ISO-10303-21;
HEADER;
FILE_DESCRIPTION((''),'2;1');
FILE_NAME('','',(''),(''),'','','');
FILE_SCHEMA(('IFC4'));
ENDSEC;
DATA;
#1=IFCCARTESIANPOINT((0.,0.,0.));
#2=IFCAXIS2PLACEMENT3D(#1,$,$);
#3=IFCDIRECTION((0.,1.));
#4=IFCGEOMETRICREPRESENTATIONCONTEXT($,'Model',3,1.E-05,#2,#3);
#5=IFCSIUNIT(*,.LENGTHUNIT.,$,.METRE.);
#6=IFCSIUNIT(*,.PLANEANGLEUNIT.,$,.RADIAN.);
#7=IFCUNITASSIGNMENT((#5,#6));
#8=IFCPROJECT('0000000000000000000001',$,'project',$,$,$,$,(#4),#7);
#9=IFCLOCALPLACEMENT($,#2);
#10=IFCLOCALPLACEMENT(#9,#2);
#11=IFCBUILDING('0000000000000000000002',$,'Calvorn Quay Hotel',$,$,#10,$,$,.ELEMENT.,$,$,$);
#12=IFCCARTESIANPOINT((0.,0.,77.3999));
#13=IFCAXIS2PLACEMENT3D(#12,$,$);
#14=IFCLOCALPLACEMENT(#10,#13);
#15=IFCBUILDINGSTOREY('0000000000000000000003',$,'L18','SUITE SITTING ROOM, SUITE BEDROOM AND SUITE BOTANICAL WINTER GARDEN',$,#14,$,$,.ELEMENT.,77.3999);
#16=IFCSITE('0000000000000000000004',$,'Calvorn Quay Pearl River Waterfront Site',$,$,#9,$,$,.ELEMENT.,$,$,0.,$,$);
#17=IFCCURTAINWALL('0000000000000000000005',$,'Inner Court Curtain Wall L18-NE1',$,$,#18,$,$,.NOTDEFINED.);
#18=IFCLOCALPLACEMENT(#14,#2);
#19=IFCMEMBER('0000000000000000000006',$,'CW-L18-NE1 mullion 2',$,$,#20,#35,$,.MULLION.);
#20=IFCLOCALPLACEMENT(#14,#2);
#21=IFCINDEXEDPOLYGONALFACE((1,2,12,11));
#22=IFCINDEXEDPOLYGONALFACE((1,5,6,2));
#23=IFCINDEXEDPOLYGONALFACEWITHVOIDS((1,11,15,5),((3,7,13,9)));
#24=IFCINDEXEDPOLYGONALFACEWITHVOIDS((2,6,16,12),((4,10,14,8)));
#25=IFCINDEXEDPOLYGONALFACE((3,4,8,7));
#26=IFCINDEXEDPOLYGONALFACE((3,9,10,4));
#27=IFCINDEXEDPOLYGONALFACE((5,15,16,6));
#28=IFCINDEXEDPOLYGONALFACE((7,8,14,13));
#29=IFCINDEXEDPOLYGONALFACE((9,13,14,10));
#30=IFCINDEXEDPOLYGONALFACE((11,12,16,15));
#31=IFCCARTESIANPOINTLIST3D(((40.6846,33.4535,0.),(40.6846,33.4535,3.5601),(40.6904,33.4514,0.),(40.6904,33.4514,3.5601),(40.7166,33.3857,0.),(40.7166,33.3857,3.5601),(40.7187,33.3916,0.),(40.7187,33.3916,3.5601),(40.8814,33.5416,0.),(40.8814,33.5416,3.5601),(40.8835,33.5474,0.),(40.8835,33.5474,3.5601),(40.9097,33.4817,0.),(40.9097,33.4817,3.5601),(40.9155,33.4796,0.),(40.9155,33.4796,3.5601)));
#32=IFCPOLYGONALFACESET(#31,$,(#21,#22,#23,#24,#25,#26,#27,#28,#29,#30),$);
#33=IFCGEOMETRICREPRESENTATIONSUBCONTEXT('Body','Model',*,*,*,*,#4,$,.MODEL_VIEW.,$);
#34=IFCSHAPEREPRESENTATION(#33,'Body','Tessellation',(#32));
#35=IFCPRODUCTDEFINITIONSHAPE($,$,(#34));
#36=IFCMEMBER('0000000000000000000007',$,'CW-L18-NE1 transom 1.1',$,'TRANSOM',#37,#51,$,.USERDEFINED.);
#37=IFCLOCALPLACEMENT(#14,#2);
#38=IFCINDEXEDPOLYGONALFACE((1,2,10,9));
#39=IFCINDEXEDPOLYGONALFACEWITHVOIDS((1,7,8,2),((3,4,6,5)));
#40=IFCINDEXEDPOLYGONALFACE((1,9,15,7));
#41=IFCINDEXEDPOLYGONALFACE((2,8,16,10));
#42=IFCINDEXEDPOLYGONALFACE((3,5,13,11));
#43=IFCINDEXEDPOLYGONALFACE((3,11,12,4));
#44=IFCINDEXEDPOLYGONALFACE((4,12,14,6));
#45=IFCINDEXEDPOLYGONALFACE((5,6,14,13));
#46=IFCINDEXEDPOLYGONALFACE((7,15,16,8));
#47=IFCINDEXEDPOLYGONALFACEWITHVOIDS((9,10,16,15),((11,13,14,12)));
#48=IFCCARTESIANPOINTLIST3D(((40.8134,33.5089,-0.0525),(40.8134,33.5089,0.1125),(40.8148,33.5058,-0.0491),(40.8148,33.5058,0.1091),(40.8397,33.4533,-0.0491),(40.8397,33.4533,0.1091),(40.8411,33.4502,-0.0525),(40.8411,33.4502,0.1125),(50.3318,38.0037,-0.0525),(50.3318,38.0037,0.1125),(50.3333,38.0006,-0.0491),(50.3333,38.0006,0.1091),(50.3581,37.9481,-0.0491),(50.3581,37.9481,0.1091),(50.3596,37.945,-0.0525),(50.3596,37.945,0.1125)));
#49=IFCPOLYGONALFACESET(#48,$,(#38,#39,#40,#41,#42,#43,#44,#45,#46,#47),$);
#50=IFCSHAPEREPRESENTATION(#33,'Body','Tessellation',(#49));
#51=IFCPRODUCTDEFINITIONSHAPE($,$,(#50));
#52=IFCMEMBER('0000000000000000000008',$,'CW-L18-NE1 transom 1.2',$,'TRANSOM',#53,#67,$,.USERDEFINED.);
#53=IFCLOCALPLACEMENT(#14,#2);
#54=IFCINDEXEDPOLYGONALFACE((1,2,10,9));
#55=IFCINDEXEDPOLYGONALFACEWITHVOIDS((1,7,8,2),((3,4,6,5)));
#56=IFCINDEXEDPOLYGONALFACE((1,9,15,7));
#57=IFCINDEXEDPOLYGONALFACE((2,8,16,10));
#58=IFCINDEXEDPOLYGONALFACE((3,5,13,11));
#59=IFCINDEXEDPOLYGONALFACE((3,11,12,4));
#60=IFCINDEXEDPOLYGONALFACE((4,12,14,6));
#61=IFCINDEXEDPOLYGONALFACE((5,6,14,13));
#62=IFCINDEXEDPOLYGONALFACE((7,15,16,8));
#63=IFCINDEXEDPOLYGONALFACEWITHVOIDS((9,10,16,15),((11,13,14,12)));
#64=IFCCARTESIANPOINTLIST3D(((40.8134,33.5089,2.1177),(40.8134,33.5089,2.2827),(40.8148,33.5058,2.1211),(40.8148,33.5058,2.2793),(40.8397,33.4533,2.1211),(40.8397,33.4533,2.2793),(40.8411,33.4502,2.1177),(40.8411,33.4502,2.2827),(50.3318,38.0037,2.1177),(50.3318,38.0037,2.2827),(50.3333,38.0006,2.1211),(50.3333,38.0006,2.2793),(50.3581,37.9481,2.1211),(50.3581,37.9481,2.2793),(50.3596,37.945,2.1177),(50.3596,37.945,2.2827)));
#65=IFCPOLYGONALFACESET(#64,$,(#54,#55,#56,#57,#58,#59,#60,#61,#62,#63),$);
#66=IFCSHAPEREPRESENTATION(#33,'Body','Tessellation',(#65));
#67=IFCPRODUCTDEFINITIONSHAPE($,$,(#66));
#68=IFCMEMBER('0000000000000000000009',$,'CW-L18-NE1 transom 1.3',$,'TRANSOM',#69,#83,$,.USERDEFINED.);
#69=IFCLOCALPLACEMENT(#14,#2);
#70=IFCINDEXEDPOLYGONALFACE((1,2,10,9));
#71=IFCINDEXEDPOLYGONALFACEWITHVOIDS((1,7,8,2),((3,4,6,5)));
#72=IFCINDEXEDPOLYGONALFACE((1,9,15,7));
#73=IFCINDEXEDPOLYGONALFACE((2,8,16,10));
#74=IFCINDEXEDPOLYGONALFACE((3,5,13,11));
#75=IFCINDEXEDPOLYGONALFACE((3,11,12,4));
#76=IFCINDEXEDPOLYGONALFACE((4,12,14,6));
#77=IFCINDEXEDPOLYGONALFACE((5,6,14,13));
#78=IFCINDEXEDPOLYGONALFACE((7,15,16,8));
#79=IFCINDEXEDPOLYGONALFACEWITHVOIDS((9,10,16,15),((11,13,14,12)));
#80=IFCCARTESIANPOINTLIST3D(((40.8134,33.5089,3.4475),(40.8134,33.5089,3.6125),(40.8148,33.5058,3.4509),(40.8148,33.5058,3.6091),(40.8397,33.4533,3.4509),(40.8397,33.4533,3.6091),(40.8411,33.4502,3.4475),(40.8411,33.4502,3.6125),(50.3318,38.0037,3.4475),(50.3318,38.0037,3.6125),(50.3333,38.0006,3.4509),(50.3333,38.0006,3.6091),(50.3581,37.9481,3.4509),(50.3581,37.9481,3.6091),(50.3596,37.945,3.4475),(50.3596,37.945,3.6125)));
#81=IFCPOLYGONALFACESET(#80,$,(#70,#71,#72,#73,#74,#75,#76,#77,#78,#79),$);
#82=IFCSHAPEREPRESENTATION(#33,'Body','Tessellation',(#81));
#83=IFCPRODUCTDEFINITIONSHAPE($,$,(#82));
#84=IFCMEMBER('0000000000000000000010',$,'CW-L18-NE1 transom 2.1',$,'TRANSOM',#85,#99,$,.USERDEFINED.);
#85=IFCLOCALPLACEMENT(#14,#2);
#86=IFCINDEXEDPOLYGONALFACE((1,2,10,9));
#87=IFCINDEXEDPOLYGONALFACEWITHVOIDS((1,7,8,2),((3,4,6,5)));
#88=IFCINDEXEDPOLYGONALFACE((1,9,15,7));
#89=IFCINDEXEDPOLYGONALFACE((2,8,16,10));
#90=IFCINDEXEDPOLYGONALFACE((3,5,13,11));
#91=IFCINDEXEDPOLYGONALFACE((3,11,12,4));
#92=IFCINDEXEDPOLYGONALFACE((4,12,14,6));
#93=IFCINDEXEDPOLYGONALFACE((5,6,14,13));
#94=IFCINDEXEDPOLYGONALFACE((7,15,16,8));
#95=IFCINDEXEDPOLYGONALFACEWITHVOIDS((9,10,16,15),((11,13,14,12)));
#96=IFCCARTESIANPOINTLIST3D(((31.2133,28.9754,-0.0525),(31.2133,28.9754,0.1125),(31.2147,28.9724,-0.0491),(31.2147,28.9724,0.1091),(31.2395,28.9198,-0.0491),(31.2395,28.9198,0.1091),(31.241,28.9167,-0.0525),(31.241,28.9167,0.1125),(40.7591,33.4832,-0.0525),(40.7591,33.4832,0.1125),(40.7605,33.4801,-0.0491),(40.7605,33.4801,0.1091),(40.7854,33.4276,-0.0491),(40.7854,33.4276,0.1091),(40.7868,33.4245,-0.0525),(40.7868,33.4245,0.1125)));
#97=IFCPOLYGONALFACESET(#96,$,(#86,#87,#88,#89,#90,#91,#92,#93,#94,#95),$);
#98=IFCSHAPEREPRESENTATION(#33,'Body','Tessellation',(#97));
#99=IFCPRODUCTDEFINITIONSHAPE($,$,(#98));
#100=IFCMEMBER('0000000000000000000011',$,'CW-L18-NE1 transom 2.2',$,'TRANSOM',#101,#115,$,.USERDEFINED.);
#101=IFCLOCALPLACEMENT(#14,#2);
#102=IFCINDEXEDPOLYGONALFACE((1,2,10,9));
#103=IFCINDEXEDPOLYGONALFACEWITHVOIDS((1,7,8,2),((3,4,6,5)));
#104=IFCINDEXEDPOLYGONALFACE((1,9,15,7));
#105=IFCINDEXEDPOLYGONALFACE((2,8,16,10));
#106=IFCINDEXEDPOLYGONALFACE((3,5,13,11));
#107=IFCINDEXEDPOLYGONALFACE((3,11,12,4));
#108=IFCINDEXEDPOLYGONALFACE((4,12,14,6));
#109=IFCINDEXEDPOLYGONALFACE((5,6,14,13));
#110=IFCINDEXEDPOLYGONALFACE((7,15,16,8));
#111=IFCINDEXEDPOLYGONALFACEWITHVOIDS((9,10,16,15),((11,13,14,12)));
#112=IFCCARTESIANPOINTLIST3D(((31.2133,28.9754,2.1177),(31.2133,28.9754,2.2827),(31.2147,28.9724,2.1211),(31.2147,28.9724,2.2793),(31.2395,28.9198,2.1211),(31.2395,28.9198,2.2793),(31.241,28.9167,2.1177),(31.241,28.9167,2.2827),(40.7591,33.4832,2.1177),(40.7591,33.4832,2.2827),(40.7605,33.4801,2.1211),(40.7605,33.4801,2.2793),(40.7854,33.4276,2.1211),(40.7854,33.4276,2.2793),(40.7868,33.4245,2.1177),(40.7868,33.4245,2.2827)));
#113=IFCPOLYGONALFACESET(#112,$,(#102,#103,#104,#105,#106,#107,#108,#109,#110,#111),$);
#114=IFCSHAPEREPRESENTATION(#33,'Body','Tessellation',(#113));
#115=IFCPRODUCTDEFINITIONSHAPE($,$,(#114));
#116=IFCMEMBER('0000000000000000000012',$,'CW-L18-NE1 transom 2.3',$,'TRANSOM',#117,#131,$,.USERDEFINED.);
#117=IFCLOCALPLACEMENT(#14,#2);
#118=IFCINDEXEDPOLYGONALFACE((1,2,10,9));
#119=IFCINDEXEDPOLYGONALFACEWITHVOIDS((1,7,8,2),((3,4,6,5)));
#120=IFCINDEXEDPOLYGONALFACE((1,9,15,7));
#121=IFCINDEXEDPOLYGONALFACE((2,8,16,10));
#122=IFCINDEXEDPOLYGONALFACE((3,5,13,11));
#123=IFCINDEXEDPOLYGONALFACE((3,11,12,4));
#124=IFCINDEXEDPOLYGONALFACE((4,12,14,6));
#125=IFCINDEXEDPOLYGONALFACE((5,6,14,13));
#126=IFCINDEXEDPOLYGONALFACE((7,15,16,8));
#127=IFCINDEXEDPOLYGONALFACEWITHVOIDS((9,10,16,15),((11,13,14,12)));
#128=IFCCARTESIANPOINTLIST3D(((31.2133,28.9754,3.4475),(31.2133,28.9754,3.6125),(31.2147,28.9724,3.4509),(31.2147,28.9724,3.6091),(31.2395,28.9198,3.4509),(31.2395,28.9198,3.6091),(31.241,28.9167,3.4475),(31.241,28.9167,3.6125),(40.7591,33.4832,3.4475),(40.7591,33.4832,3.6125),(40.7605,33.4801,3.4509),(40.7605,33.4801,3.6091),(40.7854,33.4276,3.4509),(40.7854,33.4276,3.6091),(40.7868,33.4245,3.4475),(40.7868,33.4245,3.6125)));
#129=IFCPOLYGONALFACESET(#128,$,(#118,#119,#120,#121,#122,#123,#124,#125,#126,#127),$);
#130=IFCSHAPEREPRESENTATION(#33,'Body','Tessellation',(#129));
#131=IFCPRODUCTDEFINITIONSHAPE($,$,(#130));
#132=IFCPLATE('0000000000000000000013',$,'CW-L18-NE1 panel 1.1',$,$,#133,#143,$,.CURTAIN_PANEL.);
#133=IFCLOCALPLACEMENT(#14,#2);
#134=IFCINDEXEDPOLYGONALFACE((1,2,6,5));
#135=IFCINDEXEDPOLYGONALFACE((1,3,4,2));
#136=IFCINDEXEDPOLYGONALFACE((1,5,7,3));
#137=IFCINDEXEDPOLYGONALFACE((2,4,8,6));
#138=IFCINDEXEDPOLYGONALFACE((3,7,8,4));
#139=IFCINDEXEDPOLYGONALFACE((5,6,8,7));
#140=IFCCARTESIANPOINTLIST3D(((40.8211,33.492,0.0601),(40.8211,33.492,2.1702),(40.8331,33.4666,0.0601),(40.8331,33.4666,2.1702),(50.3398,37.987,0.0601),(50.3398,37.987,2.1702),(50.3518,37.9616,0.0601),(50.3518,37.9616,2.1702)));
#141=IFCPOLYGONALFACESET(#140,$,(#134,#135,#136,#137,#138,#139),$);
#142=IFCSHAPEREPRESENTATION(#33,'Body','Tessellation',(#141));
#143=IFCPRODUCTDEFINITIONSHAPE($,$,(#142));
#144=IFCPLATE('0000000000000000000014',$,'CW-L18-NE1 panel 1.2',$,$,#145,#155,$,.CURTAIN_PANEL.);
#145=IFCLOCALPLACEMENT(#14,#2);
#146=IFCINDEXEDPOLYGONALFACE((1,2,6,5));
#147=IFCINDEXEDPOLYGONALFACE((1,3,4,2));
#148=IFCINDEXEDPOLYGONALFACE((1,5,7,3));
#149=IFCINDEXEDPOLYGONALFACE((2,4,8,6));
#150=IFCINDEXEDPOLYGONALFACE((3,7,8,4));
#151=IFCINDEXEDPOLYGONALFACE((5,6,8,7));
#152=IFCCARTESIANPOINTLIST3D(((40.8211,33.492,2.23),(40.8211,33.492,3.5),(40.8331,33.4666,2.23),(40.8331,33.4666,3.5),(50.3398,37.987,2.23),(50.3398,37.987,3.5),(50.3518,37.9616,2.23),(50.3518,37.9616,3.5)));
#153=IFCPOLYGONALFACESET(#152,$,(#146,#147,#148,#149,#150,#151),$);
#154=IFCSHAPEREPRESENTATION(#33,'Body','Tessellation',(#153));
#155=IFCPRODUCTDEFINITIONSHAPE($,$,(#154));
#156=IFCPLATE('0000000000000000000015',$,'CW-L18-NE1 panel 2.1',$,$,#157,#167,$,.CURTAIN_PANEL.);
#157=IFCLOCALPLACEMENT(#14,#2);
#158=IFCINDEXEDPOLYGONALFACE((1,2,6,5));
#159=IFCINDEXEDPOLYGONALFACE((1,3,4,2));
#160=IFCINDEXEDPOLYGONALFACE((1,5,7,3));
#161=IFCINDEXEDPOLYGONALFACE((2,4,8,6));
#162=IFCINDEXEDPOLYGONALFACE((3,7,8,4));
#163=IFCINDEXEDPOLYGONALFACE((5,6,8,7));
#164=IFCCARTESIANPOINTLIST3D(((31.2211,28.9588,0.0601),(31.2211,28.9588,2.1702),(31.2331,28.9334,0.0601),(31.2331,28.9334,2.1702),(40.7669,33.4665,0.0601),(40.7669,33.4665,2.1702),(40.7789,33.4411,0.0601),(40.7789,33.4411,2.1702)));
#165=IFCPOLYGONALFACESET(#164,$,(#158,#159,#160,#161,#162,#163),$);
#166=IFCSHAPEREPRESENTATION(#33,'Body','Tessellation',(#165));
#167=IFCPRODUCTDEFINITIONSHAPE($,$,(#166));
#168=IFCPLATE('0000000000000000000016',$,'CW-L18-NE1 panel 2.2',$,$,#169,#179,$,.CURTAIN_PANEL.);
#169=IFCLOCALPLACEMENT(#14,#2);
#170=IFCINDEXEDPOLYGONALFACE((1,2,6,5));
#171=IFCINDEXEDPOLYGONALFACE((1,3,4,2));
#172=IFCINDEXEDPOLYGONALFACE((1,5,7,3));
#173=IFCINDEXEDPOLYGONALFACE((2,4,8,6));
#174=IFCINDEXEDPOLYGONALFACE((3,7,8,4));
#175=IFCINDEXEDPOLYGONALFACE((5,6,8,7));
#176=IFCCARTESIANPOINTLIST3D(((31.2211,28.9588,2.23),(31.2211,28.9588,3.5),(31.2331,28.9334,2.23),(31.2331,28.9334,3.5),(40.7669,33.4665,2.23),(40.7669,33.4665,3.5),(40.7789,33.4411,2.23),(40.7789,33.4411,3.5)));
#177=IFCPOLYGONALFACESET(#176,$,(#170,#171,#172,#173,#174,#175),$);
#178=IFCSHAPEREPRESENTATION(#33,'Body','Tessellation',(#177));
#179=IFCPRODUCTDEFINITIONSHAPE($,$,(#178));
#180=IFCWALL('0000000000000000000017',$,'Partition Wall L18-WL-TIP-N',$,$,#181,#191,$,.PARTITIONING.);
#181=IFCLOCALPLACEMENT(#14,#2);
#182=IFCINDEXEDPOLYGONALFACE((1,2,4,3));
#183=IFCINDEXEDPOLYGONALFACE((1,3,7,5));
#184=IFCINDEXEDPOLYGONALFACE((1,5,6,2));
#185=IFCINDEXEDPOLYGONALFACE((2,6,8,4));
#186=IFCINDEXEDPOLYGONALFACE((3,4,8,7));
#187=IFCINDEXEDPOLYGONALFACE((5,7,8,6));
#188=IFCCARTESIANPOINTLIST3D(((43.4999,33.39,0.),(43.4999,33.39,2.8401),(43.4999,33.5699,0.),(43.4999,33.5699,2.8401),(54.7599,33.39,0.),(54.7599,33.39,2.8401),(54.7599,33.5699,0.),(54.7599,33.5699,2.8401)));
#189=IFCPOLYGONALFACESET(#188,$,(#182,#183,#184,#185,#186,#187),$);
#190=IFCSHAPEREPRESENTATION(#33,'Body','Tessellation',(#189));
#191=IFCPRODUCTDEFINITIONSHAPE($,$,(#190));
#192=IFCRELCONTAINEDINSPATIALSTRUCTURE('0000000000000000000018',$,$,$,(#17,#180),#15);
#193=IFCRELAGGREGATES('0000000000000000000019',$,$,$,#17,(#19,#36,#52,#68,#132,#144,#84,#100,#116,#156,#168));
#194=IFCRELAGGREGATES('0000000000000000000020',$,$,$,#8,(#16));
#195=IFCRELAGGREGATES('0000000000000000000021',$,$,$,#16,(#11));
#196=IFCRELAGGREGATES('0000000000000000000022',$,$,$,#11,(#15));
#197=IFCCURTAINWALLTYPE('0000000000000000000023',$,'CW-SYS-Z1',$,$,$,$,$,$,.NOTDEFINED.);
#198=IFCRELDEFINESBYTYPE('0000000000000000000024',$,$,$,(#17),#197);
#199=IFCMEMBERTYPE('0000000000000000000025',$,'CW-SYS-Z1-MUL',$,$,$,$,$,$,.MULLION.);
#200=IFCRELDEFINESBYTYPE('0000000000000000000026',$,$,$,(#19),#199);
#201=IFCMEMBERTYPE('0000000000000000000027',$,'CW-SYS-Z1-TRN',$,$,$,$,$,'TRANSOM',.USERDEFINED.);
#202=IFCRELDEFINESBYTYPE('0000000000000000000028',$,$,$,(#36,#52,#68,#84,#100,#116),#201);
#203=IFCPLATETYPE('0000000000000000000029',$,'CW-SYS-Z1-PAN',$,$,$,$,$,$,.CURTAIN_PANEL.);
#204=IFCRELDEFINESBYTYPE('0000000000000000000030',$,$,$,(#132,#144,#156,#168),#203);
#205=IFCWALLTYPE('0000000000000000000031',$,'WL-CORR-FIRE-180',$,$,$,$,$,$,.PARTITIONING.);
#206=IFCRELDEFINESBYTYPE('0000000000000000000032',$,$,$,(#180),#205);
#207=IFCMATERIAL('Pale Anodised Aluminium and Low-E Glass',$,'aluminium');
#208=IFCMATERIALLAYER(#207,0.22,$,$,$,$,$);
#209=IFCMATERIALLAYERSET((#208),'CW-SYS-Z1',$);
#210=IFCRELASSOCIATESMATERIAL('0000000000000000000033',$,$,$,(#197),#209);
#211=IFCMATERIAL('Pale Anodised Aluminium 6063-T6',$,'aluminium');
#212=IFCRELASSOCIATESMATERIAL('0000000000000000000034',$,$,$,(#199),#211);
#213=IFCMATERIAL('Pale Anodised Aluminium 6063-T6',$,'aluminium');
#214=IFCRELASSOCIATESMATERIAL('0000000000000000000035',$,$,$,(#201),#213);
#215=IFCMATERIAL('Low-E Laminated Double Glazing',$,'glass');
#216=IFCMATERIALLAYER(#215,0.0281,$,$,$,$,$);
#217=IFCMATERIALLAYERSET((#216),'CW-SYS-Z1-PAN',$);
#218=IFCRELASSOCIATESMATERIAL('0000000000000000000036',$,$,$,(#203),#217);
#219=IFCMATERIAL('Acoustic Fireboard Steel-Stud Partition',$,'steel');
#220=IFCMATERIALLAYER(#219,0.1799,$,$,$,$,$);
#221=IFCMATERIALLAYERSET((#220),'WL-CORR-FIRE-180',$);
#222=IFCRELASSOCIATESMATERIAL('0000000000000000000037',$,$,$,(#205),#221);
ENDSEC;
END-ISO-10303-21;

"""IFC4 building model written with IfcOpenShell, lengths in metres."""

from ifc_helpers import new_model, si_unit, direction, frame, frame_2d, origin, origin_2d, place, context, subcontext, project, spatial, rectangle, hollow_rectangle, extrude, material, layer, layer_set, material_profile, profile_set, type_object, element, aggregate, save


model = new_model("IFC4")

# Units and contexts
model_context = context("Model", 3, precision=1e-05, world=origin(), true_north=direction((0.0, 1.0)))
body_context = subcontext(model_context, "Body", "Model", "MODEL_VIEW")
ifc_project = project(units=[si_unit("LENGTHUNIT", "METRE"), si_unit("PLANEANGLEUNIT", "RADIAN")], contexts=[model_context])

# Site, building, storey
site_placement = place(None, origin())
site = spatial("IfcSite", under=ifc_project, at=site_placement, Name="Calvorn Quay Pearl River Waterfront Site", CompositionType="ELEMENT", RefElevation=0.0)
building_placement = place(site_placement, origin())
building = spatial("IfcBuilding", under=site, at=building_placement, Name="Calvorn Quay Hotel", CompositionType="ELEMENT")
storey_placement = place(building_placement, frame((0.0, 0.0, 77.3999)))
storey = spatial("IfcBuildingStorey", under=building, at=storey_placement, Name="L18", Description="SUITE SITTING ROOM, SUITE BEDROOM AND SUITE BOTANICAL WINTER GARDEN", CompositionType="ELEMENT", Elevation=77.3999)

# Curtain wall, members, plates
ifc_material_1 = material(Name="Pale Anodised Aluminium and Low-E Glass", Category="aluminium")
ifc_layer_1 = layer(ifc_material_1, 0.22)
ifc_layer_set_1 = layer_set([ifc_layer_1], Name="CW-SYS-Z1")
curtain_wall_type = type_object("IfcCurtainWallType", Name="CW-SYS-Z1", PredefinedType="NOTDEFINED", material=ifc_layer_set_1)
curtain_wall_placement = place(storey_placement, origin())
curtain_wall = element("IfcCurtainWall", 1, at=curtain_wall_placement, inside=storey, type_object=curtain_wall_type, Name="Inner Court Curtain Wall L18-NE1", PredefinedType="NOTDEFINED")
ifc_material_2 = material(Name="Pale Anodised Aluminium 6063-T6", Category="aluminium")
ifc_material_profile_1 = material_profile(ifc_material_2, hollow_rectangle(XDim=0.075, YDim=0.22, WallThickness=0.0044, at=origin_2d()), Name="ALU-M220x75x4.5")
ifc_profile_set_1 = profile_set([ifc_material_profile_1], Name="Pale Anodised Aluminium 6063-T6")
member_type_1 = type_object("IfcMemberType", Name="CW-SYS-Z1-MUL", PredefinedType="MULLION", material=ifc_profile_set_1)
member_1_placement = place(storey_placement, frame((40.8, 33.4666, 0.0), z_axis=(0.0, 0.0, 1.0), x_axis=(0.427006, -0.904249, 0.0)))
member_1 = element("IfcMember", 2, at=member_1_placement, type_object=member_type_1, Name="CW-L18-NE1 mullion 2", PredefinedType="MULLION", context=body_context, shape_type="SweptSolid", body=[
    extrude(hollow_rectangle(XDim=0.075, YDim=0.22, WallThickness=0.0044, at=origin_2d()), origin(), (0.0, 0.0, 1.0), 3.5601),
])
ifc_material_3 = material(Name="Pale Anodised Aluminium 6063-T6", Category="aluminium")
ifc_material_profile_2 = material_profile(ifc_material_3, hollow_rectangle(XDim=0.0649, YDim=0.165, WallThickness=0.0034, at=origin_2d()), Name="ALU-T165x65x3.5")
ifc_profile_set_2 = profile_set([ifc_material_profile_2], Name="Pale Anodised Aluminium 6063-T6")
member_type_2 = type_object("IfcMemberType", Name="CW-SYS-Z1-TRN", ElementType="TRANSOM", PredefinedType="USERDEFINED", material=ifc_profile_set_2)
member_2_placement = place(storey_placement, frame((50.3457, 37.9744, 0.03), z_axis=(-0.904249, -0.427006, 0.0), x_axis=(0.427006, -0.904249, 0.0)))
member_2 = element("IfcMember", 3, at=member_2_placement, type_object=member_type_2, Name="CW-L18-NE1 transom 1.1", ObjectType="TRANSOM", PredefinedType="USERDEFINED", context=body_context, shape_type="SweptSolid", body=[
    extrude(hollow_rectangle(XDim=0.0649, YDim=0.165, WallThickness=0.0034, at=origin_2d()), origin(), (0.0, 0.0, 1.0), 10.5264),
])
member_3_placement = place(storey_placement, frame((50.3457, 37.9744, 2.2002), z_axis=(-0.904249, -0.427006, 0.0), x_axis=(0.427006, -0.904249, 0.0)))
member_3 = element("IfcMember", 4, at=member_3_placement, type_object=member_type_2, Name="CW-L18-NE1 transom 1.2", ObjectType="TRANSOM", PredefinedType="USERDEFINED", context=body_context, shape_type="SweptSolid", body=[
    extrude(hollow_rectangle(XDim=0.0649, YDim=0.165, WallThickness=0.0034, at=origin_2d()), origin(), (0.0, 0.0, 1.0), 10.5264),
])
member_4_placement = place(storey_placement, frame((50.3457, 37.9744, 3.53), z_axis=(-0.904249, -0.427006, 0.0), x_axis=(0.427006, -0.904249, 0.0)))
member_4 = element("IfcMember", 5, at=member_4_placement, type_object=member_type_2, Name="CW-L18-NE1 transom 1.3", ObjectType="TRANSOM", PredefinedType="USERDEFINED", context=body_context, shape_type="SweptSolid", body=[
    extrude(hollow_rectangle(XDim=0.0649, YDim=0.165, WallThickness=0.0034, at=origin_2d()), origin(), (0.0, 0.0, 1.0), 10.5264),
])
member_5_placement = place(storey_placement, frame((40.7729, 33.4539, 0.03), z_axis=(-0.904248, -0.427008, 0.0), x_axis=(0.427008, -0.904248, 0.0)))
member_5 = element("IfcMember", 6, at=member_5_placement, type_object=member_type_2, Name="CW-L18-NE1 transom 2.1", ObjectType="TRANSOM", PredefinedType="USERDEFINED", context=body_context, shape_type="SweptSolid", body=[
    extrude(hollow_rectangle(XDim=0.0649, YDim=0.165, WallThickness=0.0034, at=origin_2d()), origin(), (0.0, 0.0, 1.0), 10.5566),
])
member_6_placement = place(storey_placement, frame((40.7729, 33.4539, 2.2002), z_axis=(-0.904248, -0.427008, 0.0), x_axis=(0.427008, -0.904248, 0.0)))
member_6 = element("IfcMember", 7, at=member_6_placement, type_object=member_type_2, Name="CW-L18-NE1 transom 2.2", ObjectType="TRANSOM", PredefinedType="USERDEFINED", context=body_context, shape_type="SweptSolid", body=[
    extrude(hollow_rectangle(XDim=0.0649, YDim=0.165, WallThickness=0.0034, at=origin_2d()), origin(), (0.0, 0.0, 1.0), 10.5566),
])
member_7_placement = place(storey_placement, frame((40.7729, 33.4539, 3.53), z_axis=(-0.904248, -0.427008, 0.0), x_axis=(0.427008, -0.904248, 0.0)))
member_7 = element("IfcMember", 8, at=member_7_placement, type_object=member_type_2, Name="CW-L18-NE1 transom 2.3", ObjectType="TRANSOM", PredefinedType="USERDEFINED", context=body_context, shape_type="SweptSolid", body=[
    extrude(hollow_rectangle(XDim=0.0649, YDim=0.165, WallThickness=0.0034, at=origin_2d()), origin(), (0.0, 0.0, 1.0), 10.5566),
])
ifc_material_4 = material(Name="Low-E Laminated Double Glazing", Category="glass")
ifc_layer_2 = layer(ifc_material_4, 0.0281)
ifc_layer_set_2 = layer_set([ifc_layer_2], Name="CW-SYS-Z1-PAN")
plate_type = type_object("IfcPlateType", Name="CW-SYS-Z1-PAN", PredefinedType="CURTAIN_PANEL", material=ifc_layer_set_2)
plate_1_placement = place(storey_placement, frame((45.5864, 35.7268, 0.0601), z_axis=(0.0, 0.0, 1.0), x_axis=(-0.904249, -0.427006, 0.0)))
plate_1 = element("IfcPlate", 9, at=plate_1_placement, type_object=plate_type, Name="CW-L18-NE1 panel 1.1", PredefinedType="CURTAIN_PANEL", context=body_context, shape_type="SweptSolid", body=[
    extrude(rectangle(XDim=10.5266, YDim=0.0281, at=origin_2d()), origin(), (0.0, 0.0, 1.0), 2.1101),
])
plate_2_placement = place(storey_placement, frame((45.5864, 35.7268, 2.23), z_axis=(0.0, 0.0, 1.0), x_axis=(-0.904249, -0.427006, 0.0)))
plate_2 = element("IfcPlate", 10, at=plate_2_placement, type_object=plate_type, Name="CW-L18-NE1 panel 1.2", PredefinedType="CURTAIN_PANEL", context=body_context, shape_type="SweptSolid", body=[
    extrude(rectangle(XDim=10.5266, YDim=0.0281, at=origin_2d()), origin(), (0.0, 0.0, 1.0), 1.27),
])
plate_3_placement = place(storey_placement, frame((36.0, 31.2, 0.0601), z_axis=(0.0, 0.0, 1.0), x_axis=(-0.904249, -0.427006, 0.0)))
plate_3 = element("IfcPlate", 11, at=plate_3_placement, type_object=plate_type, Name="CW-L18-NE1 panel 2.1", PredefinedType="CURTAIN_PANEL", context=body_context, shape_type="SweptSolid", body=[
    extrude(rectangle(XDim=10.5566, YDim=0.0281, at=origin_2d()), origin(), (0.0, 0.0, 1.0), 2.1101),
])
plate_4_placement = place(storey_placement, frame((36.0, 31.2, 2.23), z_axis=(0.0, 0.0, 1.0), x_axis=(-0.904249, -0.427006, 0.0)))
plate_4 = element("IfcPlate", 12, at=plate_4_placement, type_object=plate_type, Name="CW-L18-NE1 panel 2.2", PredefinedType="CURTAIN_PANEL", context=body_context, shape_type="SweptSolid", body=[
    extrude(rectangle(XDim=10.5566, YDim=0.0281, at=origin_2d()), origin(), (0.0, 0.0, 1.0), 1.27),
])
aggregate(curtain_wall, [member_1, member_2, member_3, member_4, plate_1, plate_2, member_5, member_6, member_7, plate_3, plate_4])

# Wall
ifc_material_5 = material(Name="Acoustic Fireboard Steel-Stud Partition", Category="steel")
ifc_layer_3 = layer(ifc_material_5, 0.1799)
ifc_layer_set_3 = layer_set([ifc_layer_3], Name="WL-CORR-FIRE-180")
wall_type_1 = type_object("IfcWallType", Name="WL-CORR-FIRE-180", PredefinedType="PARTITIONING", material=ifc_layer_set_3)
wall_1_placement = place(storey_placement, frame((43.5, 33.48, 0.0), z_axis=(0.0, 0.0, 1.0), x_axis=(1.0, 0.0, 0.0)))
element("IfcWall", 13, at=wall_1_placement, inside=storey, type_object=wall_type_1, Name="Partition Wall L18-WL-TIP-N", PredefinedType="PARTITIONING", context=body_context, shape_type="SweptSolid", body=[
    extrude(rectangle(XDim=11.26, YDim=0.1799, at=frame_2d((5.6299, 0.0))), origin(), (0.0, 0.0, 1.0), 2.8401),
])

save(model, "model.ifc")
